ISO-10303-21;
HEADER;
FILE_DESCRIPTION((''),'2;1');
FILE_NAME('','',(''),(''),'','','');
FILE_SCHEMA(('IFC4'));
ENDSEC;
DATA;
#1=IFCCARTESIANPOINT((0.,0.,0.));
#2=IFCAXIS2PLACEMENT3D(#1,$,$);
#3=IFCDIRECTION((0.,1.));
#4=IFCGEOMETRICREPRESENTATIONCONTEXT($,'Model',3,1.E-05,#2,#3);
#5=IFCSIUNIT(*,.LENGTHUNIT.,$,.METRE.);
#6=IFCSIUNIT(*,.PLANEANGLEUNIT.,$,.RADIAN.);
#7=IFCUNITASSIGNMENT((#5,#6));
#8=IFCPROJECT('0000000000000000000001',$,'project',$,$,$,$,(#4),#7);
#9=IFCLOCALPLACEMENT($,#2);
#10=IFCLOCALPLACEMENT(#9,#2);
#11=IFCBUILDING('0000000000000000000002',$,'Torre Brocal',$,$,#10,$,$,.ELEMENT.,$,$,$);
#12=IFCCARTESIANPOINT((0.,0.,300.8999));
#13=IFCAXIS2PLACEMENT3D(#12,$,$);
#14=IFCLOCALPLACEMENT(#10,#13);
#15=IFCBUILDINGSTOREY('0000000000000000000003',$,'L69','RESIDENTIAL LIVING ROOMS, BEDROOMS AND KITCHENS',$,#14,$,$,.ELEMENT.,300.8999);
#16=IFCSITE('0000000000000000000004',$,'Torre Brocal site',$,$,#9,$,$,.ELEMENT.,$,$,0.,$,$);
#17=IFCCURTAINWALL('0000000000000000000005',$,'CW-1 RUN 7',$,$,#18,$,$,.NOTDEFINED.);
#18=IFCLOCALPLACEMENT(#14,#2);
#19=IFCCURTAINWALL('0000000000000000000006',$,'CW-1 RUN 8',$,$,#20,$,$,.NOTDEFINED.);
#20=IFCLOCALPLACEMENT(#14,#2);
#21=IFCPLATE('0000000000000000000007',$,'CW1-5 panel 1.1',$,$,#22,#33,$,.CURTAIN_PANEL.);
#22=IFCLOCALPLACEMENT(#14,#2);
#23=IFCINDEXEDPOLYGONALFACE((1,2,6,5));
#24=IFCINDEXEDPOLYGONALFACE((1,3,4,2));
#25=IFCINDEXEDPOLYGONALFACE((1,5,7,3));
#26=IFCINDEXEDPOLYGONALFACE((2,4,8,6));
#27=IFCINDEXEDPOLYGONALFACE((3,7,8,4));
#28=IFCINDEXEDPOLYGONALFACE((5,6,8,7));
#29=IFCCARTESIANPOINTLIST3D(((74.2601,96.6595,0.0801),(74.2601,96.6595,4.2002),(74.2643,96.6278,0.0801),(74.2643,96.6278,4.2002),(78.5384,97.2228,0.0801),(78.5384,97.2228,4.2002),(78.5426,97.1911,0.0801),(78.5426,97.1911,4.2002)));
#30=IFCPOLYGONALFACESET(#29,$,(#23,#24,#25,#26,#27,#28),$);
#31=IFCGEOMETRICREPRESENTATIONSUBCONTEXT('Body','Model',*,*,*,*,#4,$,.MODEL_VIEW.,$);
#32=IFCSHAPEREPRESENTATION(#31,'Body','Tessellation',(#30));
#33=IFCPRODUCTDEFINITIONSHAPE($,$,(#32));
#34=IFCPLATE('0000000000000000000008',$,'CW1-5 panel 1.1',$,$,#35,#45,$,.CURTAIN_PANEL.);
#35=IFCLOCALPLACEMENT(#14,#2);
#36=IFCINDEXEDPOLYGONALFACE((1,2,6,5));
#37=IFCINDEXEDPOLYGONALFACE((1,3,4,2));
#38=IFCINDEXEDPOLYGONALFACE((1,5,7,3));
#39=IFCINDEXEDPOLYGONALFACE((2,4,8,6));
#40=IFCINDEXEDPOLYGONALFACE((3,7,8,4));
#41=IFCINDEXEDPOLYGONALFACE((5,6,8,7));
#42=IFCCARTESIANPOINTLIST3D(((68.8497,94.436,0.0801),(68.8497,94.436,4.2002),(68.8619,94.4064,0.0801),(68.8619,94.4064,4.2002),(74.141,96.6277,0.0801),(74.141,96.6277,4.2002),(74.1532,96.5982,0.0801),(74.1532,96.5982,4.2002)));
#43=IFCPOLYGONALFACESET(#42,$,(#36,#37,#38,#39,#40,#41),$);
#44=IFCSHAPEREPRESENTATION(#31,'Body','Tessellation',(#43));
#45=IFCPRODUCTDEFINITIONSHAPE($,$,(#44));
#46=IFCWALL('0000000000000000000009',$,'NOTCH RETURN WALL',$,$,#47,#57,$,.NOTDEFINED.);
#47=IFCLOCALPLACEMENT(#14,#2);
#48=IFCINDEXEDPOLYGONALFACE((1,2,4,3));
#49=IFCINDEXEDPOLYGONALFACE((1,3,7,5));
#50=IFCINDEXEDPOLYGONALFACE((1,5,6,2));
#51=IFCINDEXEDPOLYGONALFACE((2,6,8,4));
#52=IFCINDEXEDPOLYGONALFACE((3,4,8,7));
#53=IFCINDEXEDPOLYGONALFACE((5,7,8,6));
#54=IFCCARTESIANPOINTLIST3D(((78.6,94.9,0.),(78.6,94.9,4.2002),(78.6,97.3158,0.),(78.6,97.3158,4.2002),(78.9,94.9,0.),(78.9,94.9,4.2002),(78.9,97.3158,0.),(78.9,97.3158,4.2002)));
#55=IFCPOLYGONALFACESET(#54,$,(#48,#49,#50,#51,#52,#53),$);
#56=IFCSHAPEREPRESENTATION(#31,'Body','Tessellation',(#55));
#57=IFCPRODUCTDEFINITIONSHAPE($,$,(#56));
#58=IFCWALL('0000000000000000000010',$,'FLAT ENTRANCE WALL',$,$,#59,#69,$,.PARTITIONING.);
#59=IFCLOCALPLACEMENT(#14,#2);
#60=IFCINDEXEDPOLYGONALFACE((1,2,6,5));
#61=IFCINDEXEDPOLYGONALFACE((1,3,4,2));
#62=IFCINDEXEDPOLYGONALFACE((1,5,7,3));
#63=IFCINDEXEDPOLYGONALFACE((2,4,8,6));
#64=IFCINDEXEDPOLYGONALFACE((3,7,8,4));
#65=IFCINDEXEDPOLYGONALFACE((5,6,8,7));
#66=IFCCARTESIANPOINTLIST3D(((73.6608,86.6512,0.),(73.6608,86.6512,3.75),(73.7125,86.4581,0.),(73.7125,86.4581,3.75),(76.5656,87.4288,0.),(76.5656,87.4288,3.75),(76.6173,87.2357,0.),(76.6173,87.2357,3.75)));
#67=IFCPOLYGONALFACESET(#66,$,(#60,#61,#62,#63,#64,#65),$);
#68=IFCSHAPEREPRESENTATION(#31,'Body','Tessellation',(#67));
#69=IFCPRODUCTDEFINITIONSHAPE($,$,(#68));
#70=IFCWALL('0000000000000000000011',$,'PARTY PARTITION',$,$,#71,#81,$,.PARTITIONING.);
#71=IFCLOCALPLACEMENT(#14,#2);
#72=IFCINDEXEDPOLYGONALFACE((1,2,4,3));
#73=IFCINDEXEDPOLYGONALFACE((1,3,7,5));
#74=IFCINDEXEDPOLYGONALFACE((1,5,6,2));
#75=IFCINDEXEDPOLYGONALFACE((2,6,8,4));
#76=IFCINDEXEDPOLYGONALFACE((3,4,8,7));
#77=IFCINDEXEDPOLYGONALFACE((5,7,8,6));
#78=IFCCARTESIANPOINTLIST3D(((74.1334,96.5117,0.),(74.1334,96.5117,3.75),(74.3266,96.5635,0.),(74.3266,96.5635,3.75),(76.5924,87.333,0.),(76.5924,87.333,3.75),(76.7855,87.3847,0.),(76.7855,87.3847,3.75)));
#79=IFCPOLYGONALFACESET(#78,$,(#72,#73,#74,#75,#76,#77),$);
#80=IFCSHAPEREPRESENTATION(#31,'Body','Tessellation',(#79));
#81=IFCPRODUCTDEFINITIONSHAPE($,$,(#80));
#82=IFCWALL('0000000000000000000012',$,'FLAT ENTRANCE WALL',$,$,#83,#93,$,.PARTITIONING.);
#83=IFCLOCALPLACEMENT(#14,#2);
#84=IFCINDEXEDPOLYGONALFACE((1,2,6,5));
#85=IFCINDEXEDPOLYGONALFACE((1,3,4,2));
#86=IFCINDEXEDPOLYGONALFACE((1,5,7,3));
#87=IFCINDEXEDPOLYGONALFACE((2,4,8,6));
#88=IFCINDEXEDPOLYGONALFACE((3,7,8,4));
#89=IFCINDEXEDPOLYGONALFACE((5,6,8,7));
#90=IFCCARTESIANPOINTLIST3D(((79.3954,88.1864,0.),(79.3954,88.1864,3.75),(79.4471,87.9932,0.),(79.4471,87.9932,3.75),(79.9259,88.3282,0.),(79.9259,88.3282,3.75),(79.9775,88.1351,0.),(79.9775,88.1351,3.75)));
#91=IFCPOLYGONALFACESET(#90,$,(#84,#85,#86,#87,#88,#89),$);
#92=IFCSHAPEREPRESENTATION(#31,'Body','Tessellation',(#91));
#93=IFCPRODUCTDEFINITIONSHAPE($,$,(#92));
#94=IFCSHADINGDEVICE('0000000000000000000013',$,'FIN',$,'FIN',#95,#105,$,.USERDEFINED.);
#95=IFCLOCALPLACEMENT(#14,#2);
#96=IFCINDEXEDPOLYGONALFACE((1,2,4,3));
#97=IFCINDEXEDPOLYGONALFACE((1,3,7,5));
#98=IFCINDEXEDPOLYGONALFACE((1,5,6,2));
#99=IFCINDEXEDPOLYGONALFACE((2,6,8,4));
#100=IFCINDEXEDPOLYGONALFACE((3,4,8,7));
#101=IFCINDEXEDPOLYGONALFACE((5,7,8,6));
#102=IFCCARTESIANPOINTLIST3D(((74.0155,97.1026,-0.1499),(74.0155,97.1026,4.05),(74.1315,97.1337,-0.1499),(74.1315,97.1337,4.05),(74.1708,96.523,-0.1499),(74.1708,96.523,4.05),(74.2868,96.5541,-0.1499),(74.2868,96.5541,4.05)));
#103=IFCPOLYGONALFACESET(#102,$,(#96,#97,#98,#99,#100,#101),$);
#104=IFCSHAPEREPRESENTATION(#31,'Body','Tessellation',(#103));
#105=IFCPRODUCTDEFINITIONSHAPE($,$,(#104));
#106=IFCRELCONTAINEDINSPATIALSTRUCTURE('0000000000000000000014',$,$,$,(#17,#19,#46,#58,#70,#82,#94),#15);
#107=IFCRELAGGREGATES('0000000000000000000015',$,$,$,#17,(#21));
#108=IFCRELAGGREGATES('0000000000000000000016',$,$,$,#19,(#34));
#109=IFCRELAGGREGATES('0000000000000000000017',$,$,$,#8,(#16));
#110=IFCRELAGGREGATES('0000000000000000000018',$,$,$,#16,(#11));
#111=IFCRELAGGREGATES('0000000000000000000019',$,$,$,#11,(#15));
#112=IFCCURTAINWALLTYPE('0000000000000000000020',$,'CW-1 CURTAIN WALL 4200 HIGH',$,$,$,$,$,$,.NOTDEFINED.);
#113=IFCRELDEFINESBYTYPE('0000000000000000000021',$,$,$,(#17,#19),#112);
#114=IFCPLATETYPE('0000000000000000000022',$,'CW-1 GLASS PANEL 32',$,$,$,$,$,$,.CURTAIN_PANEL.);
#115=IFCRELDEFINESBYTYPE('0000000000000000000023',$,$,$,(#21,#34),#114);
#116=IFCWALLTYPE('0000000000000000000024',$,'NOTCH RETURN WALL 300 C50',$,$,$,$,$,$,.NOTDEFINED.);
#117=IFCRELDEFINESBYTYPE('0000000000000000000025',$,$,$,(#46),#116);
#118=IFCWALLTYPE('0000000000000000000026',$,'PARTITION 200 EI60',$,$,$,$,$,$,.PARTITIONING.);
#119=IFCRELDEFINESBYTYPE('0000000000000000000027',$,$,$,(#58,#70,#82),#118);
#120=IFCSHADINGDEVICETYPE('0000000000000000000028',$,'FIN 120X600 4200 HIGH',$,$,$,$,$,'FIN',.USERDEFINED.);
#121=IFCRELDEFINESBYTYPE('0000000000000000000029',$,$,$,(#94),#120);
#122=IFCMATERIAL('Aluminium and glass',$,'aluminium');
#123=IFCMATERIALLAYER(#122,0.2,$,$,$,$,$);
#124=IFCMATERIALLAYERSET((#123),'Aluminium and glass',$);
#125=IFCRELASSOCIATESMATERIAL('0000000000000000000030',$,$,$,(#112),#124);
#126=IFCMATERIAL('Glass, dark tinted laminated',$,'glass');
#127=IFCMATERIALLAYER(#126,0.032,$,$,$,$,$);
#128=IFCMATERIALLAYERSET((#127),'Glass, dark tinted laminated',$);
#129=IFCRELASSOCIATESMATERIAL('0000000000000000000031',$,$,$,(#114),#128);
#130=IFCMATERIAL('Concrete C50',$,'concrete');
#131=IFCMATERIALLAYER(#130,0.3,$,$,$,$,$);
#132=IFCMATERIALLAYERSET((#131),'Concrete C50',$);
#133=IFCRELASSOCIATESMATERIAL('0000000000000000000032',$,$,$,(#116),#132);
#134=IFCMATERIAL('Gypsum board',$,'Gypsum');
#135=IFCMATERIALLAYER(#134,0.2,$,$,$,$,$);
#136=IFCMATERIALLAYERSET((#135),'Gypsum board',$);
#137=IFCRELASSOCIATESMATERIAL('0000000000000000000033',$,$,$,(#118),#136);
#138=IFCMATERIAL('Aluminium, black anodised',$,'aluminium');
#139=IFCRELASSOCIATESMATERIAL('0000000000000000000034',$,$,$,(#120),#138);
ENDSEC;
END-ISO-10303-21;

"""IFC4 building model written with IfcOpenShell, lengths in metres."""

from ifc_helpers import new_model, si_unit, direction, frame, frame_2d, origin, origin_2d, place, context, subcontext, project, spatial, rectangle, extrude, material, layer, layer_set, material_profile, profile_set, type_object, element, aggregate, save


model = new_model("IFC4")

# Units and contexts
model_context = context("Model", 3, precision=1e-05, world=origin(), true_north=direction((0.0, 1.0)))
body_context = subcontext(model_context, "Body", "Model", "MODEL_VIEW")
ifc_project = project(units=[si_unit("LENGTHUNIT", "METRE"), si_unit("PLANEANGLEUNIT", "RADIAN")], contexts=[model_context])

# Site, building, storey
site_placement = place(None, origin())
site = spatial("IfcSite", under=ifc_project, at=site_placement, Name="Torre Brocal site", CompositionType="ELEMENT", RefElevation=0.0)
building_placement = place(site_placement, origin())
building = spatial("IfcBuilding", under=site, at=building_placement, Name="Torre Brocal", CompositionType="ELEMENT")
storey_placement = place(building_placement, frame((0.0, 0.0, 300.8999)))
storey = spatial("IfcBuildingStorey", under=building, at=storey_placement, Name="L69", Description="RESIDENTIAL LIVING ROOMS, BEDROOMS AND KITCHENS", CompositionType="ELEMENT", Elevation=300.8999)

# Curtain wall
ifc_material_1 = material(Name="Aluminium and glass", Category="aluminium")
ifc_layer_1 = layer(ifc_material_1, 0.2)
ifc_layer_set_1 = layer_set([ifc_layer_1], Name="Aluminium and glass")
curtain_wall_type = type_object("IfcCurtainWallType", Name="CW-1 CURTAIN WALL 4200 HIGH", PredefinedType="NOTDEFINED", material=ifc_layer_set_1)
curtain_wall_1_placement = place(storey_placement, origin())
curtain_wall_1 = element("IfcCurtainWall", 1, at=curtain_wall_1_placement, inside=storey, type_object=curtain_wall_type, Name="CW-1 RUN 7", PredefinedType="NOTDEFINED")

# Curtain wall
curtain_wall_2_placement = place(storey_placement, origin())
curtain_wall_2 = element("IfcCurtainWall", 2, at=curtain_wall_2_placement, inside=storey, type_object=curtain_wall_type, Name="CW-1 RUN 8", PredefinedType="NOTDEFINED")

# Plates
ifc_material_2 = material(Name="Glass, dark tinted laminated", Category="glass")
ifc_layer_2 = layer(ifc_material_2, 0.032)
ifc_layer_set_2 = layer_set([ifc_layer_2], Name="Glass, dark tinted laminated")
plate_type = type_object("IfcPlateType", Name="CW-1 GLASS PANEL 32", PredefinedType="CURTAIN_PANEL", material=ifc_layer_set_2)
plate_1_placement = place(storey_placement, frame((76.4014, 96.9253, 0.0801), z_axis=(0.0, 0.0, 1.0), x_axis=(-0.991445, -0.130526, 0.0)))
plate_1 = element("IfcPlate", 3, at=plate_1_placement, type_object=plate_type, Name="CW1-5 panel 1.1", PredefinedType="CURTAIN_PANEL", context=body_context, shape_type="SweptSolid", body=[
    extrude(rectangle(XDim=4.3152, YDim=0.032, at=origin_2d()), origin(), (0.0, 0.0, 1.0), 4.1201),
])
aggregate(curtain_wall_1, [plate_1])
plate_2_placement = place(storey_placement, frame((71.5015, 95.5171, 0.0801), z_axis=(0.0, 0.0, 1.0), x_axis=(-0.92388, -0.382683, 0.0)))
plate_2 = element("IfcPlate", 4, at=plate_2_placement, type_object=plate_type, Name="CW1-5 panel 1.1", PredefinedType="CURTAIN_PANEL", context=body_context, shape_type="SweptSolid", body=[
    extrude(rectangle(XDim=5.7273, YDim=0.032, at=origin_2d()), origin(), (0.0, 0.0, 1.0), 4.1201),
])
aggregate(curtain_wall_2, [plate_2])

# Walls
ifc_material_3 = material(Name="Concrete C50", Category="concrete")
ifc_layer_3 = layer(ifc_material_3, 0.3)
ifc_layer_set_3 = layer_set([ifc_layer_3], Name="Concrete C50")
wall_type_1 = type_object("IfcWallType", Name="NOTCH RETURN WALL 300 C50", PredefinedType="NOTDEFINED", material=ifc_layer_set_3)
wall_1_placement = place(storey_placement, frame((78.75, 94.8999, 0.0), z_axis=(0.0, 0.0, 1.0), x_axis=(0.0, 1.0, 0.0)))
element("IfcWall", 5, at=wall_1_placement, inside=storey, type_object=wall_type_1, Name="NOTCH RETURN WALL", PredefinedType="NOTDEFINED", context=body_context, shape_type="SweptSolid", body=[
    extrude(rectangle(XDim=2.4158, YDim=0.3, at=frame_2d((1.208, 0.0))), origin(), (0.0, 0.0, 1.0), 4.2002),
])
ifc_material_4 = material(Name="Gypsum board", Category="Gypsum")
ifc_layer_4 = layer(ifc_material_4, 0.2)
ifc_layer_set_4 = layer_set([ifc_layer_4], Name="Gypsum board")
wall_type_2 = type_object("IfcWallType", Name="PARTITION 200 EI60", PredefinedType="PARTITIONING", material=ifc_layer_set_4)
wall_2_placement = place(storey_placement, frame((73.6868, 86.5547, 0.0), z_axis=(0.0, 0.0, 1.0), x_axis=(0.965988, 0.258587, 0.0)))
element("IfcWall", 6, at=wall_2_placement, inside=storey, type_object=wall_type_2, Name="FLAT ENTRANCE WALL", PredefinedType="PARTITIONING", context=body_context, shape_type="SweptSolid", body=[
    extrude(rectangle(XDim=3.0071, YDim=0.2, at=frame_2d((1.5034, 0.0))), origin(), (0.0, 0.0, 1.0), 3.75),
])
wall_3_placement = place(storey_placement, frame((74.23, 96.5376, 0.0), z_axis=(0.0, 0.0, 1.0), x_axis=(0.258775, -0.965938, 0.0)))
element("IfcWall", 7, at=wall_3_placement, inside=storey, type_object=wall_type_2, Name="PARTY PARTITION", PredefinedType="PARTITIONING", context=body_context, shape_type="SweptSolid", body=[
    extrude(rectangle(XDim=9.5024, YDim=0.2, at=frame_2d((4.7512, 0.0))), origin(), (0.0, 0.0, 1.0), 3.75),
])
wall_4_placement = place(storey_placement, frame((79.4214, 88.0898, 0.0), z_axis=(0.0, 0.0, 1.0), x_axis=(0.966065, 0.258299, 0.0)))
element("IfcWall", 8, at=wall_4_placement, inside=storey, type_object=wall_type_2, Name="FLAT ENTRANCE WALL", PredefinedType="PARTITIONING", context=body_context, shape_type="SweptSolid", body=[
    extrude(rectangle(XDim=0.5491, YDim=0.2, at=frame_2d((0.2744, 0.0))), origin(), (0.0, 0.0, 1.0), 3.75),
])

# Shading device
ifc_material_5 = material(Name="Aluminium, black anodised", Category="aluminium")
ifc_material_profile_1 = material_profile(ifc_material_5, rectangle(XDim=0.1201, YDim=0.6001, at=origin_2d()), Name="FIN 120X600 4200 HIGH")
ifc_profile_set_1 = profile_set([ifc_material_profile_1], Name="Aluminium, black anodised")
shading_device_type = type_object("IfcShadingDeviceType", Name="FIN 120X600 4200 HIGH", ElementType="FIN", PredefinedType="USERDEFINED", material=ifc_profile_set_1)
shading_device_placement = place(storey_placement, frame((74.1511, 96.8284, -0.1499), z_axis=(0.0, 0.0, 1.0), x_axis=(-0.965926, -0.258819, 0.0)))
element("IfcShadingDevice", 9, at=shading_device_placement, inside=storey, type_object=shading_device_type, Name="FIN", ObjectType="FIN", PredefinedType="USERDEFINED", context=body_context, shape_type="SweptSolid", body=[
    extrude(rectangle(XDim=0.1201, YDim=0.6001, at=origin_2d()), origin(), (0.0, 0.0, 1.0), 4.2),
])

save(model, "model.ifc")
